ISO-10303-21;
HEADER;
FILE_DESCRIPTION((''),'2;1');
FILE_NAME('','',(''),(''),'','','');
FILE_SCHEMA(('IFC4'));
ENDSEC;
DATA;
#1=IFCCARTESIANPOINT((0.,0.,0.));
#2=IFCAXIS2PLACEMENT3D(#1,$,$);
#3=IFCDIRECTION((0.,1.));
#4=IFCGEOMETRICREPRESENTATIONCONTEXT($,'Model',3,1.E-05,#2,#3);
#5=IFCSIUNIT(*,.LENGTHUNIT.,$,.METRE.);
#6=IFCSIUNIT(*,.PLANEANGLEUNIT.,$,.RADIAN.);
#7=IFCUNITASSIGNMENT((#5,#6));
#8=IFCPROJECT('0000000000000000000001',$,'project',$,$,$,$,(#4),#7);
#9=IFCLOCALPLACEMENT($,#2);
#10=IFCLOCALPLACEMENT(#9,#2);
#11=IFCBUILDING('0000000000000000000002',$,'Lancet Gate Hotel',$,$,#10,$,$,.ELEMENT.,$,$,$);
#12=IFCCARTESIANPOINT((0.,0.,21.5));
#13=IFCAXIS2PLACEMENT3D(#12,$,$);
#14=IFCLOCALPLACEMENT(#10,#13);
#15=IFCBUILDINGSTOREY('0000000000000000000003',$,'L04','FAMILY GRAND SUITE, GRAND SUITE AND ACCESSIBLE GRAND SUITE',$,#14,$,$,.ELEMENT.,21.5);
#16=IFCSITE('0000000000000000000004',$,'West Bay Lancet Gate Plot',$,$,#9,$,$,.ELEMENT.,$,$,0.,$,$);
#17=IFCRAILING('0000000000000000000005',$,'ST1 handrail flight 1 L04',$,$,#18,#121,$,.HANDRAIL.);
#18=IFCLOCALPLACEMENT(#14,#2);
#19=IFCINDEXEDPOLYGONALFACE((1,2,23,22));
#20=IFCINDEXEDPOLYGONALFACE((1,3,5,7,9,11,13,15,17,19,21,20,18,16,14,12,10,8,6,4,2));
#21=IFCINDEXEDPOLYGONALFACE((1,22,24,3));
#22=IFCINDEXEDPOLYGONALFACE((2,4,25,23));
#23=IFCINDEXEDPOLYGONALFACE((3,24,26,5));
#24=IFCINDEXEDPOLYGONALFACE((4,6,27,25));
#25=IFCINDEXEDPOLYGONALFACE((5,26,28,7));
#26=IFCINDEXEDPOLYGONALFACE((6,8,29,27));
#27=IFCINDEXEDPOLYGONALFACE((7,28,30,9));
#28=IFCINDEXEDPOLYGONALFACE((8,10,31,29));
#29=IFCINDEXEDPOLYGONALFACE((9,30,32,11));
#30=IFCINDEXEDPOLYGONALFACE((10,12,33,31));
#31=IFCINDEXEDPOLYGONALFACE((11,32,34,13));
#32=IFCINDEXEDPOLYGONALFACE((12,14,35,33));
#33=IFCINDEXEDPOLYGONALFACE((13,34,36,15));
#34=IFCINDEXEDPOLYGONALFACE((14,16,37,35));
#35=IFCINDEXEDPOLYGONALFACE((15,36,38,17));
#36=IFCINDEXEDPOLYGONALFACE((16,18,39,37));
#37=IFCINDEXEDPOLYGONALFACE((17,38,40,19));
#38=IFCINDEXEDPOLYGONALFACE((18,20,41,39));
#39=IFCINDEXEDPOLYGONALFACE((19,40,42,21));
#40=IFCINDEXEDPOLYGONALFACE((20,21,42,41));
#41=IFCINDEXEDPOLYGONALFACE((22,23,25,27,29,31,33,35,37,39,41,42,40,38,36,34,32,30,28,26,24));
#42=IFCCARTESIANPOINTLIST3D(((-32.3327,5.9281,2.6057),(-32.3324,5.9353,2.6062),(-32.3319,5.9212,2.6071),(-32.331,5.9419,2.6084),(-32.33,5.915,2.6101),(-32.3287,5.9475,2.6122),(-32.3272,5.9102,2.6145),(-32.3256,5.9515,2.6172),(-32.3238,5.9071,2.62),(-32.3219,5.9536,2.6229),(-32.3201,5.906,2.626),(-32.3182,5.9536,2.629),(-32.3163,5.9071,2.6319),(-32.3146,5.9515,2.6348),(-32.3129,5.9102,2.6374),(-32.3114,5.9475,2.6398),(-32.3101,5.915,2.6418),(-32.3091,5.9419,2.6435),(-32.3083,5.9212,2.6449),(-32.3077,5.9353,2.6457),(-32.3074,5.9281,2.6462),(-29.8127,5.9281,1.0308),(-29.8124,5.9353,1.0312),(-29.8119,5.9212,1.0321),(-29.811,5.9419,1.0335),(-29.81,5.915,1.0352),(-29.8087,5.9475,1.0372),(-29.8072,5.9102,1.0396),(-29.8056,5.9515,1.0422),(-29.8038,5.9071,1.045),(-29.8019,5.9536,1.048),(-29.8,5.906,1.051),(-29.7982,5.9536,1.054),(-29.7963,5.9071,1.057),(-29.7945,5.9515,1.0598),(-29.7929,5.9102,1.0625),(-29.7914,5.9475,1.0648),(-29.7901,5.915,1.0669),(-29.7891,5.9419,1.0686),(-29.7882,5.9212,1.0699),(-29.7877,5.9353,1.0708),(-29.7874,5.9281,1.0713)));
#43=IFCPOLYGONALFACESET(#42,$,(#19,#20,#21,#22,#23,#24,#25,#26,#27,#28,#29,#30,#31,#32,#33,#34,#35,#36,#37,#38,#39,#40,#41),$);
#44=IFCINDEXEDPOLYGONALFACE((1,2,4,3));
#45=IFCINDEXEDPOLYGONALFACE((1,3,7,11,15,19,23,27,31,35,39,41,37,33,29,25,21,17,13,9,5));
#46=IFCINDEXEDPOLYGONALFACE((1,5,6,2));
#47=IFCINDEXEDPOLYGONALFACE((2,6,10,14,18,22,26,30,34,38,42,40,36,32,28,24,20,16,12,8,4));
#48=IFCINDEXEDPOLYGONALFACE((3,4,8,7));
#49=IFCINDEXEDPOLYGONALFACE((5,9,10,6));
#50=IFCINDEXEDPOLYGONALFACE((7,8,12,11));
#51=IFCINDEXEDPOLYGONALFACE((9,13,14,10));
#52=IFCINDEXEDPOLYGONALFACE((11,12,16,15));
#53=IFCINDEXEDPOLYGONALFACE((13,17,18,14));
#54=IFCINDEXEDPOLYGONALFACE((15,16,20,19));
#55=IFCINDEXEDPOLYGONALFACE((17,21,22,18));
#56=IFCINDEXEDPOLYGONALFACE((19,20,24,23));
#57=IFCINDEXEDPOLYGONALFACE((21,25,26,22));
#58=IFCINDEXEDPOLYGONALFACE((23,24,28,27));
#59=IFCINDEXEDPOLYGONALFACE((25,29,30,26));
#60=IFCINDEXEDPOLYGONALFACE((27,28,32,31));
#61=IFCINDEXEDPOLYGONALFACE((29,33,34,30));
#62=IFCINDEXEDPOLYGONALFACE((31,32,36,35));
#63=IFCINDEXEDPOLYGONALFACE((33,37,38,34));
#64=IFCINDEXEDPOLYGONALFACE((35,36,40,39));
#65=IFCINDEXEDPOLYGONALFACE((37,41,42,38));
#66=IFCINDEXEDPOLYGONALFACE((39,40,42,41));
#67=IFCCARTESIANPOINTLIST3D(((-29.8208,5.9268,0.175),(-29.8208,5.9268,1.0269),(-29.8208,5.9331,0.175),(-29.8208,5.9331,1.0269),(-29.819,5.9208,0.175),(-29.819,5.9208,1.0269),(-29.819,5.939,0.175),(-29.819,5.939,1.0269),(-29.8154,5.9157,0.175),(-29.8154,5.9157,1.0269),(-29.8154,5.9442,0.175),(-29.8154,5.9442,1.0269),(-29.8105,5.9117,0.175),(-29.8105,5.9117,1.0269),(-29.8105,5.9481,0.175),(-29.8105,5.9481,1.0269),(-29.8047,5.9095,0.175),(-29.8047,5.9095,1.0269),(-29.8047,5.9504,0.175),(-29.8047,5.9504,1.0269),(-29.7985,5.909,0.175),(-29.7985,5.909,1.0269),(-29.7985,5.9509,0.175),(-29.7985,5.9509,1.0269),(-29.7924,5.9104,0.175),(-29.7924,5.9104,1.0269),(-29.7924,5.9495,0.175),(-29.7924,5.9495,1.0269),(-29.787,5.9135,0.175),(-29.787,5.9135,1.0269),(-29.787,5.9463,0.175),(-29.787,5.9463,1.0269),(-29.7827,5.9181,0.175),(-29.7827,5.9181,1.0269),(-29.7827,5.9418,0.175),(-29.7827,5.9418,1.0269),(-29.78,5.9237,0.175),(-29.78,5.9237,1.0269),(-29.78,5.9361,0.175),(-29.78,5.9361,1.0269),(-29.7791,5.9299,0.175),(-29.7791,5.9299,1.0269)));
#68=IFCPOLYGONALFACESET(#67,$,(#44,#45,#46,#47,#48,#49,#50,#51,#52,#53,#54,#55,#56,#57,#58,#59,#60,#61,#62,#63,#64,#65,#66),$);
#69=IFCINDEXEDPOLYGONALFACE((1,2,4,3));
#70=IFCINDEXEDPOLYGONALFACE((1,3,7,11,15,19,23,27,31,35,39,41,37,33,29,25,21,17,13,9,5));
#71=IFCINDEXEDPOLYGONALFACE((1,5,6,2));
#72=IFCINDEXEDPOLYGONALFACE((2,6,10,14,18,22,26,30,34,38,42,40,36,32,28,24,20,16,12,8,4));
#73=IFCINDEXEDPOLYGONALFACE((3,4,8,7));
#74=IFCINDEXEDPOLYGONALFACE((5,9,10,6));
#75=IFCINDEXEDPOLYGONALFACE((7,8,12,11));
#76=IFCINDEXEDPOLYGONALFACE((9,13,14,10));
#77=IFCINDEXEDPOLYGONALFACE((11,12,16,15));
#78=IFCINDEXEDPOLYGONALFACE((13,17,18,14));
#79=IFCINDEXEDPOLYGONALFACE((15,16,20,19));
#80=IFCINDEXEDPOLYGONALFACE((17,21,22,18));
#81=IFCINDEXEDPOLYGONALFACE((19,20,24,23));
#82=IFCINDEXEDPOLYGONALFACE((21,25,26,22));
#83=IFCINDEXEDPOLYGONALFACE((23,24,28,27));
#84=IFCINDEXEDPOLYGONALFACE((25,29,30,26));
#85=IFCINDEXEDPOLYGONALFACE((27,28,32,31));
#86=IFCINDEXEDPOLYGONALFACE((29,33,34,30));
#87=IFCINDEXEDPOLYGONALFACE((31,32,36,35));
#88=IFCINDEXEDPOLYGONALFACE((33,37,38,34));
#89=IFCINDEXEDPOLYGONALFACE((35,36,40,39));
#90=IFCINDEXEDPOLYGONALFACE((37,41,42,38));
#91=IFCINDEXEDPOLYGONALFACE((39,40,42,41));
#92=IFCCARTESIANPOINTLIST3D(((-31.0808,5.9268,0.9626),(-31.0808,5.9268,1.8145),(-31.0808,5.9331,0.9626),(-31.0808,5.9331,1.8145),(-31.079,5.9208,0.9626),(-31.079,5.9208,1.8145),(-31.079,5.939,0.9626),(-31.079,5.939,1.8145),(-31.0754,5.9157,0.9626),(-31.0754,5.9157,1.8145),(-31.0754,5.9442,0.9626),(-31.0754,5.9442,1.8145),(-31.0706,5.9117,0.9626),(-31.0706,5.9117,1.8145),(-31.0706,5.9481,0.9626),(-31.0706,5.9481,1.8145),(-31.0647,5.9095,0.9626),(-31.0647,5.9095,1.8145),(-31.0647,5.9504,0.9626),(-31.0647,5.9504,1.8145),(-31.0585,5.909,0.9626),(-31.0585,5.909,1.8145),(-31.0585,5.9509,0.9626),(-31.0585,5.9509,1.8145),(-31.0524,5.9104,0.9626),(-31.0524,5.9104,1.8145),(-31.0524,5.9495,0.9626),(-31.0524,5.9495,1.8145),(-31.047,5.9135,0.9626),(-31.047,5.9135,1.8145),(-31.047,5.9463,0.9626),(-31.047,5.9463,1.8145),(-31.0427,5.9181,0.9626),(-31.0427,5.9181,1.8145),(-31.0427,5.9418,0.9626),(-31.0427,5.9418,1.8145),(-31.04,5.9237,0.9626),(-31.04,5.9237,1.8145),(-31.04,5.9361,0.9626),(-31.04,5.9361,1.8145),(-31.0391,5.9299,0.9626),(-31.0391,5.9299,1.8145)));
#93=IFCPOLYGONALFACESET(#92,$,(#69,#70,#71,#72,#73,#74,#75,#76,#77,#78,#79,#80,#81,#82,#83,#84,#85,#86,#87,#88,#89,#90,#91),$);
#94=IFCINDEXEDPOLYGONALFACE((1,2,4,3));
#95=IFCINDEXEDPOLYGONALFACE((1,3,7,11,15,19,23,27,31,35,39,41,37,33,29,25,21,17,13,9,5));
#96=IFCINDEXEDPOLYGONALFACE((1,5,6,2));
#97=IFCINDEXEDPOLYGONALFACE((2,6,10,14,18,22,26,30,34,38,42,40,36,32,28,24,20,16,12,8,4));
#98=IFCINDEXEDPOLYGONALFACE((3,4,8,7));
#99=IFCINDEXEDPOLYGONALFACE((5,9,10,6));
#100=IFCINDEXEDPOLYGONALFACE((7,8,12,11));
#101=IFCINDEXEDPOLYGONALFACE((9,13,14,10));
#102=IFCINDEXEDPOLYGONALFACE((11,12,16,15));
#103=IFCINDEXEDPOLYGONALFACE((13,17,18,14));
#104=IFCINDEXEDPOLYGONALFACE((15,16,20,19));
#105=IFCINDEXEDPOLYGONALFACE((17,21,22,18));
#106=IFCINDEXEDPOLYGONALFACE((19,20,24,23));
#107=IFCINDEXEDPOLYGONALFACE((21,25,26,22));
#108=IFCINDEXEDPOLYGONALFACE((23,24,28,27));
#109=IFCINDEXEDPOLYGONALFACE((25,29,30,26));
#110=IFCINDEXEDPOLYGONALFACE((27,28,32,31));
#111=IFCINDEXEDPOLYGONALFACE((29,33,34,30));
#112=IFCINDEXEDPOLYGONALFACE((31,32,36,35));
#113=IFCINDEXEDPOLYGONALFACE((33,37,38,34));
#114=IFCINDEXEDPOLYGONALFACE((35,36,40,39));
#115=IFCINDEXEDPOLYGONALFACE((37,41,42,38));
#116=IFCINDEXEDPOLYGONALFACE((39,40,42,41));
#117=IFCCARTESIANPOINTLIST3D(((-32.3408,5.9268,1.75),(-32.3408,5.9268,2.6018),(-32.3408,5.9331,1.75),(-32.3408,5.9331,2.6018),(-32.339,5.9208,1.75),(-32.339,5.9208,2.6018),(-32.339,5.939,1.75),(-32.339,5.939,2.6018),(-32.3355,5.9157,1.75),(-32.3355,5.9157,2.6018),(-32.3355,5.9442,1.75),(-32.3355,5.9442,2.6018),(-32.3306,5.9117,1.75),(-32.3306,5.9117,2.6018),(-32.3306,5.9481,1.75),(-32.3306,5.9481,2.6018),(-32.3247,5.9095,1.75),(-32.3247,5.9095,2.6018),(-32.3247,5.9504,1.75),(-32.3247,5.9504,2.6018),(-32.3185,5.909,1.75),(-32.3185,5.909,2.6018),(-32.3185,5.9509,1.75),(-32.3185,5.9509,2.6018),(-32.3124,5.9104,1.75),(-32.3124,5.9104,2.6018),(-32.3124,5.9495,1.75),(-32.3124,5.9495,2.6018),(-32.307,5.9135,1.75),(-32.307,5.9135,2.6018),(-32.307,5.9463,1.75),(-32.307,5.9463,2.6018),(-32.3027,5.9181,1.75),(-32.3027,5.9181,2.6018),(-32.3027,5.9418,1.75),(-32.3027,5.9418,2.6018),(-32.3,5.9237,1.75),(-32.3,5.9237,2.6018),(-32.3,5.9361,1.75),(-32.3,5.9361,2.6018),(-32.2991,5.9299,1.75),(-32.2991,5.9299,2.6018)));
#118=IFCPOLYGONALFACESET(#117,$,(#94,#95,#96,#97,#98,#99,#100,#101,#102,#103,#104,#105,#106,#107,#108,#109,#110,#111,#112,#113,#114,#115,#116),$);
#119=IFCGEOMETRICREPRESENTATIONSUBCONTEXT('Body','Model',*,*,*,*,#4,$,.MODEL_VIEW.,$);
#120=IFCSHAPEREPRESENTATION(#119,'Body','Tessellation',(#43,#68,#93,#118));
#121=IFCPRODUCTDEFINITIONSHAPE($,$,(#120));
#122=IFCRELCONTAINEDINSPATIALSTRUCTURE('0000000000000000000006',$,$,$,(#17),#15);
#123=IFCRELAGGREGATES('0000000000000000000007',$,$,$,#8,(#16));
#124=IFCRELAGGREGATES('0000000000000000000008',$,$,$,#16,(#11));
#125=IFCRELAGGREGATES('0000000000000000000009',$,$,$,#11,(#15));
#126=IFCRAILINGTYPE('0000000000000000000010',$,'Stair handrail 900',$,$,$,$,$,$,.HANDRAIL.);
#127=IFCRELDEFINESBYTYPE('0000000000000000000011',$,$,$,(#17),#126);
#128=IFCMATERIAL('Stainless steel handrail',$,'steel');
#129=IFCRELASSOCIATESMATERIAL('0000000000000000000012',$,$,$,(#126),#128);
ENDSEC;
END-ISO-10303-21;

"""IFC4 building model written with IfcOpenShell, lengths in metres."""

from ifc_helpers import new_model, si_unit, direction, frame, origin, origin_2d, place, context, subcontext, project, spatial, circle, extrude, material, type_object, element, save


model = new_model("IFC4")

# Units and contexts
model_context = context("Model", 3, precision=1e-05, world=origin(), true_north=direction((0.0, 1.0)))
body_context = subcontext(model_context, "Body", "Model", "MODEL_VIEW")
ifc_project = project(units=[si_unit("LENGTHUNIT", "METRE"), si_unit("PLANEANGLEUNIT", "RADIAN")], contexts=[model_context])

# Site, building, storey
site_placement = place(None, origin())
site = spatial("IfcSite", under=ifc_project, at=site_placement, Name="West Bay Lancet Gate Plot", CompositionType="ELEMENT", RefElevation=0.0)
building_placement = place(site_placement, origin())
building = spatial("IfcBuilding", under=site, at=building_placement, Name="Lancet Gate Hotel", CompositionType="ELEMENT")
storey_placement = place(building_placement, frame((0.0, 0.0, 21.5)))
storey = spatial("IfcBuildingStorey", under=building, at=storey_placement, Name="L04", Description="FAMILY GRAND SUITE, GRAND SUITE AND ACCESSIBLE GRAND SUITE", CompositionType="ELEMENT", Elevation=21.5)

# Railing
ifc_material_1 = material(Name="Stainless steel handrail", Category="steel")
railing_type = type_object("IfcRailingType", Name="Stair handrail 900", PredefinedType="HANDRAIL", material=ifc_material_1)
railing_1_placement = place(storey_placement, frame((-29.8, 5.9299, 0.175)))
element("IfcRailing", 1, at=railing_1_placement, inside=storey, type_object=railing_type, Name="ST1 handrail flight 1 L04", PredefinedType="HANDRAIL", context=body_context, shape_type="SweptSolid", body=[
    extrude(circle(Radius=0.0239, at=origin_2d()), frame((0.0, 0.0, 0.876), z_axis=(-0.848008, 0.0, 0.529984), x_axis=(0.0, -1.0, 0.0)), (0.0, 0.0, 1.0), 2.9717),
    extrude(circle(Radius=0.021, at=origin_2d()), origin(), (0.0, 0.0, 1.0), 0.8518),
    extrude(circle(Radius=0.021, at=origin_2d()), frame((-1.26, 0.0, 0.7876)), (0.0, 0.0, 1.0), 0.8518),
    extrude(circle(Radius=0.021, at=origin_2d()), frame((-2.52, 0.0, 1.575)), (0.0, 0.0, 1.0), 0.8518),
])

save(model, "model.ifc")
